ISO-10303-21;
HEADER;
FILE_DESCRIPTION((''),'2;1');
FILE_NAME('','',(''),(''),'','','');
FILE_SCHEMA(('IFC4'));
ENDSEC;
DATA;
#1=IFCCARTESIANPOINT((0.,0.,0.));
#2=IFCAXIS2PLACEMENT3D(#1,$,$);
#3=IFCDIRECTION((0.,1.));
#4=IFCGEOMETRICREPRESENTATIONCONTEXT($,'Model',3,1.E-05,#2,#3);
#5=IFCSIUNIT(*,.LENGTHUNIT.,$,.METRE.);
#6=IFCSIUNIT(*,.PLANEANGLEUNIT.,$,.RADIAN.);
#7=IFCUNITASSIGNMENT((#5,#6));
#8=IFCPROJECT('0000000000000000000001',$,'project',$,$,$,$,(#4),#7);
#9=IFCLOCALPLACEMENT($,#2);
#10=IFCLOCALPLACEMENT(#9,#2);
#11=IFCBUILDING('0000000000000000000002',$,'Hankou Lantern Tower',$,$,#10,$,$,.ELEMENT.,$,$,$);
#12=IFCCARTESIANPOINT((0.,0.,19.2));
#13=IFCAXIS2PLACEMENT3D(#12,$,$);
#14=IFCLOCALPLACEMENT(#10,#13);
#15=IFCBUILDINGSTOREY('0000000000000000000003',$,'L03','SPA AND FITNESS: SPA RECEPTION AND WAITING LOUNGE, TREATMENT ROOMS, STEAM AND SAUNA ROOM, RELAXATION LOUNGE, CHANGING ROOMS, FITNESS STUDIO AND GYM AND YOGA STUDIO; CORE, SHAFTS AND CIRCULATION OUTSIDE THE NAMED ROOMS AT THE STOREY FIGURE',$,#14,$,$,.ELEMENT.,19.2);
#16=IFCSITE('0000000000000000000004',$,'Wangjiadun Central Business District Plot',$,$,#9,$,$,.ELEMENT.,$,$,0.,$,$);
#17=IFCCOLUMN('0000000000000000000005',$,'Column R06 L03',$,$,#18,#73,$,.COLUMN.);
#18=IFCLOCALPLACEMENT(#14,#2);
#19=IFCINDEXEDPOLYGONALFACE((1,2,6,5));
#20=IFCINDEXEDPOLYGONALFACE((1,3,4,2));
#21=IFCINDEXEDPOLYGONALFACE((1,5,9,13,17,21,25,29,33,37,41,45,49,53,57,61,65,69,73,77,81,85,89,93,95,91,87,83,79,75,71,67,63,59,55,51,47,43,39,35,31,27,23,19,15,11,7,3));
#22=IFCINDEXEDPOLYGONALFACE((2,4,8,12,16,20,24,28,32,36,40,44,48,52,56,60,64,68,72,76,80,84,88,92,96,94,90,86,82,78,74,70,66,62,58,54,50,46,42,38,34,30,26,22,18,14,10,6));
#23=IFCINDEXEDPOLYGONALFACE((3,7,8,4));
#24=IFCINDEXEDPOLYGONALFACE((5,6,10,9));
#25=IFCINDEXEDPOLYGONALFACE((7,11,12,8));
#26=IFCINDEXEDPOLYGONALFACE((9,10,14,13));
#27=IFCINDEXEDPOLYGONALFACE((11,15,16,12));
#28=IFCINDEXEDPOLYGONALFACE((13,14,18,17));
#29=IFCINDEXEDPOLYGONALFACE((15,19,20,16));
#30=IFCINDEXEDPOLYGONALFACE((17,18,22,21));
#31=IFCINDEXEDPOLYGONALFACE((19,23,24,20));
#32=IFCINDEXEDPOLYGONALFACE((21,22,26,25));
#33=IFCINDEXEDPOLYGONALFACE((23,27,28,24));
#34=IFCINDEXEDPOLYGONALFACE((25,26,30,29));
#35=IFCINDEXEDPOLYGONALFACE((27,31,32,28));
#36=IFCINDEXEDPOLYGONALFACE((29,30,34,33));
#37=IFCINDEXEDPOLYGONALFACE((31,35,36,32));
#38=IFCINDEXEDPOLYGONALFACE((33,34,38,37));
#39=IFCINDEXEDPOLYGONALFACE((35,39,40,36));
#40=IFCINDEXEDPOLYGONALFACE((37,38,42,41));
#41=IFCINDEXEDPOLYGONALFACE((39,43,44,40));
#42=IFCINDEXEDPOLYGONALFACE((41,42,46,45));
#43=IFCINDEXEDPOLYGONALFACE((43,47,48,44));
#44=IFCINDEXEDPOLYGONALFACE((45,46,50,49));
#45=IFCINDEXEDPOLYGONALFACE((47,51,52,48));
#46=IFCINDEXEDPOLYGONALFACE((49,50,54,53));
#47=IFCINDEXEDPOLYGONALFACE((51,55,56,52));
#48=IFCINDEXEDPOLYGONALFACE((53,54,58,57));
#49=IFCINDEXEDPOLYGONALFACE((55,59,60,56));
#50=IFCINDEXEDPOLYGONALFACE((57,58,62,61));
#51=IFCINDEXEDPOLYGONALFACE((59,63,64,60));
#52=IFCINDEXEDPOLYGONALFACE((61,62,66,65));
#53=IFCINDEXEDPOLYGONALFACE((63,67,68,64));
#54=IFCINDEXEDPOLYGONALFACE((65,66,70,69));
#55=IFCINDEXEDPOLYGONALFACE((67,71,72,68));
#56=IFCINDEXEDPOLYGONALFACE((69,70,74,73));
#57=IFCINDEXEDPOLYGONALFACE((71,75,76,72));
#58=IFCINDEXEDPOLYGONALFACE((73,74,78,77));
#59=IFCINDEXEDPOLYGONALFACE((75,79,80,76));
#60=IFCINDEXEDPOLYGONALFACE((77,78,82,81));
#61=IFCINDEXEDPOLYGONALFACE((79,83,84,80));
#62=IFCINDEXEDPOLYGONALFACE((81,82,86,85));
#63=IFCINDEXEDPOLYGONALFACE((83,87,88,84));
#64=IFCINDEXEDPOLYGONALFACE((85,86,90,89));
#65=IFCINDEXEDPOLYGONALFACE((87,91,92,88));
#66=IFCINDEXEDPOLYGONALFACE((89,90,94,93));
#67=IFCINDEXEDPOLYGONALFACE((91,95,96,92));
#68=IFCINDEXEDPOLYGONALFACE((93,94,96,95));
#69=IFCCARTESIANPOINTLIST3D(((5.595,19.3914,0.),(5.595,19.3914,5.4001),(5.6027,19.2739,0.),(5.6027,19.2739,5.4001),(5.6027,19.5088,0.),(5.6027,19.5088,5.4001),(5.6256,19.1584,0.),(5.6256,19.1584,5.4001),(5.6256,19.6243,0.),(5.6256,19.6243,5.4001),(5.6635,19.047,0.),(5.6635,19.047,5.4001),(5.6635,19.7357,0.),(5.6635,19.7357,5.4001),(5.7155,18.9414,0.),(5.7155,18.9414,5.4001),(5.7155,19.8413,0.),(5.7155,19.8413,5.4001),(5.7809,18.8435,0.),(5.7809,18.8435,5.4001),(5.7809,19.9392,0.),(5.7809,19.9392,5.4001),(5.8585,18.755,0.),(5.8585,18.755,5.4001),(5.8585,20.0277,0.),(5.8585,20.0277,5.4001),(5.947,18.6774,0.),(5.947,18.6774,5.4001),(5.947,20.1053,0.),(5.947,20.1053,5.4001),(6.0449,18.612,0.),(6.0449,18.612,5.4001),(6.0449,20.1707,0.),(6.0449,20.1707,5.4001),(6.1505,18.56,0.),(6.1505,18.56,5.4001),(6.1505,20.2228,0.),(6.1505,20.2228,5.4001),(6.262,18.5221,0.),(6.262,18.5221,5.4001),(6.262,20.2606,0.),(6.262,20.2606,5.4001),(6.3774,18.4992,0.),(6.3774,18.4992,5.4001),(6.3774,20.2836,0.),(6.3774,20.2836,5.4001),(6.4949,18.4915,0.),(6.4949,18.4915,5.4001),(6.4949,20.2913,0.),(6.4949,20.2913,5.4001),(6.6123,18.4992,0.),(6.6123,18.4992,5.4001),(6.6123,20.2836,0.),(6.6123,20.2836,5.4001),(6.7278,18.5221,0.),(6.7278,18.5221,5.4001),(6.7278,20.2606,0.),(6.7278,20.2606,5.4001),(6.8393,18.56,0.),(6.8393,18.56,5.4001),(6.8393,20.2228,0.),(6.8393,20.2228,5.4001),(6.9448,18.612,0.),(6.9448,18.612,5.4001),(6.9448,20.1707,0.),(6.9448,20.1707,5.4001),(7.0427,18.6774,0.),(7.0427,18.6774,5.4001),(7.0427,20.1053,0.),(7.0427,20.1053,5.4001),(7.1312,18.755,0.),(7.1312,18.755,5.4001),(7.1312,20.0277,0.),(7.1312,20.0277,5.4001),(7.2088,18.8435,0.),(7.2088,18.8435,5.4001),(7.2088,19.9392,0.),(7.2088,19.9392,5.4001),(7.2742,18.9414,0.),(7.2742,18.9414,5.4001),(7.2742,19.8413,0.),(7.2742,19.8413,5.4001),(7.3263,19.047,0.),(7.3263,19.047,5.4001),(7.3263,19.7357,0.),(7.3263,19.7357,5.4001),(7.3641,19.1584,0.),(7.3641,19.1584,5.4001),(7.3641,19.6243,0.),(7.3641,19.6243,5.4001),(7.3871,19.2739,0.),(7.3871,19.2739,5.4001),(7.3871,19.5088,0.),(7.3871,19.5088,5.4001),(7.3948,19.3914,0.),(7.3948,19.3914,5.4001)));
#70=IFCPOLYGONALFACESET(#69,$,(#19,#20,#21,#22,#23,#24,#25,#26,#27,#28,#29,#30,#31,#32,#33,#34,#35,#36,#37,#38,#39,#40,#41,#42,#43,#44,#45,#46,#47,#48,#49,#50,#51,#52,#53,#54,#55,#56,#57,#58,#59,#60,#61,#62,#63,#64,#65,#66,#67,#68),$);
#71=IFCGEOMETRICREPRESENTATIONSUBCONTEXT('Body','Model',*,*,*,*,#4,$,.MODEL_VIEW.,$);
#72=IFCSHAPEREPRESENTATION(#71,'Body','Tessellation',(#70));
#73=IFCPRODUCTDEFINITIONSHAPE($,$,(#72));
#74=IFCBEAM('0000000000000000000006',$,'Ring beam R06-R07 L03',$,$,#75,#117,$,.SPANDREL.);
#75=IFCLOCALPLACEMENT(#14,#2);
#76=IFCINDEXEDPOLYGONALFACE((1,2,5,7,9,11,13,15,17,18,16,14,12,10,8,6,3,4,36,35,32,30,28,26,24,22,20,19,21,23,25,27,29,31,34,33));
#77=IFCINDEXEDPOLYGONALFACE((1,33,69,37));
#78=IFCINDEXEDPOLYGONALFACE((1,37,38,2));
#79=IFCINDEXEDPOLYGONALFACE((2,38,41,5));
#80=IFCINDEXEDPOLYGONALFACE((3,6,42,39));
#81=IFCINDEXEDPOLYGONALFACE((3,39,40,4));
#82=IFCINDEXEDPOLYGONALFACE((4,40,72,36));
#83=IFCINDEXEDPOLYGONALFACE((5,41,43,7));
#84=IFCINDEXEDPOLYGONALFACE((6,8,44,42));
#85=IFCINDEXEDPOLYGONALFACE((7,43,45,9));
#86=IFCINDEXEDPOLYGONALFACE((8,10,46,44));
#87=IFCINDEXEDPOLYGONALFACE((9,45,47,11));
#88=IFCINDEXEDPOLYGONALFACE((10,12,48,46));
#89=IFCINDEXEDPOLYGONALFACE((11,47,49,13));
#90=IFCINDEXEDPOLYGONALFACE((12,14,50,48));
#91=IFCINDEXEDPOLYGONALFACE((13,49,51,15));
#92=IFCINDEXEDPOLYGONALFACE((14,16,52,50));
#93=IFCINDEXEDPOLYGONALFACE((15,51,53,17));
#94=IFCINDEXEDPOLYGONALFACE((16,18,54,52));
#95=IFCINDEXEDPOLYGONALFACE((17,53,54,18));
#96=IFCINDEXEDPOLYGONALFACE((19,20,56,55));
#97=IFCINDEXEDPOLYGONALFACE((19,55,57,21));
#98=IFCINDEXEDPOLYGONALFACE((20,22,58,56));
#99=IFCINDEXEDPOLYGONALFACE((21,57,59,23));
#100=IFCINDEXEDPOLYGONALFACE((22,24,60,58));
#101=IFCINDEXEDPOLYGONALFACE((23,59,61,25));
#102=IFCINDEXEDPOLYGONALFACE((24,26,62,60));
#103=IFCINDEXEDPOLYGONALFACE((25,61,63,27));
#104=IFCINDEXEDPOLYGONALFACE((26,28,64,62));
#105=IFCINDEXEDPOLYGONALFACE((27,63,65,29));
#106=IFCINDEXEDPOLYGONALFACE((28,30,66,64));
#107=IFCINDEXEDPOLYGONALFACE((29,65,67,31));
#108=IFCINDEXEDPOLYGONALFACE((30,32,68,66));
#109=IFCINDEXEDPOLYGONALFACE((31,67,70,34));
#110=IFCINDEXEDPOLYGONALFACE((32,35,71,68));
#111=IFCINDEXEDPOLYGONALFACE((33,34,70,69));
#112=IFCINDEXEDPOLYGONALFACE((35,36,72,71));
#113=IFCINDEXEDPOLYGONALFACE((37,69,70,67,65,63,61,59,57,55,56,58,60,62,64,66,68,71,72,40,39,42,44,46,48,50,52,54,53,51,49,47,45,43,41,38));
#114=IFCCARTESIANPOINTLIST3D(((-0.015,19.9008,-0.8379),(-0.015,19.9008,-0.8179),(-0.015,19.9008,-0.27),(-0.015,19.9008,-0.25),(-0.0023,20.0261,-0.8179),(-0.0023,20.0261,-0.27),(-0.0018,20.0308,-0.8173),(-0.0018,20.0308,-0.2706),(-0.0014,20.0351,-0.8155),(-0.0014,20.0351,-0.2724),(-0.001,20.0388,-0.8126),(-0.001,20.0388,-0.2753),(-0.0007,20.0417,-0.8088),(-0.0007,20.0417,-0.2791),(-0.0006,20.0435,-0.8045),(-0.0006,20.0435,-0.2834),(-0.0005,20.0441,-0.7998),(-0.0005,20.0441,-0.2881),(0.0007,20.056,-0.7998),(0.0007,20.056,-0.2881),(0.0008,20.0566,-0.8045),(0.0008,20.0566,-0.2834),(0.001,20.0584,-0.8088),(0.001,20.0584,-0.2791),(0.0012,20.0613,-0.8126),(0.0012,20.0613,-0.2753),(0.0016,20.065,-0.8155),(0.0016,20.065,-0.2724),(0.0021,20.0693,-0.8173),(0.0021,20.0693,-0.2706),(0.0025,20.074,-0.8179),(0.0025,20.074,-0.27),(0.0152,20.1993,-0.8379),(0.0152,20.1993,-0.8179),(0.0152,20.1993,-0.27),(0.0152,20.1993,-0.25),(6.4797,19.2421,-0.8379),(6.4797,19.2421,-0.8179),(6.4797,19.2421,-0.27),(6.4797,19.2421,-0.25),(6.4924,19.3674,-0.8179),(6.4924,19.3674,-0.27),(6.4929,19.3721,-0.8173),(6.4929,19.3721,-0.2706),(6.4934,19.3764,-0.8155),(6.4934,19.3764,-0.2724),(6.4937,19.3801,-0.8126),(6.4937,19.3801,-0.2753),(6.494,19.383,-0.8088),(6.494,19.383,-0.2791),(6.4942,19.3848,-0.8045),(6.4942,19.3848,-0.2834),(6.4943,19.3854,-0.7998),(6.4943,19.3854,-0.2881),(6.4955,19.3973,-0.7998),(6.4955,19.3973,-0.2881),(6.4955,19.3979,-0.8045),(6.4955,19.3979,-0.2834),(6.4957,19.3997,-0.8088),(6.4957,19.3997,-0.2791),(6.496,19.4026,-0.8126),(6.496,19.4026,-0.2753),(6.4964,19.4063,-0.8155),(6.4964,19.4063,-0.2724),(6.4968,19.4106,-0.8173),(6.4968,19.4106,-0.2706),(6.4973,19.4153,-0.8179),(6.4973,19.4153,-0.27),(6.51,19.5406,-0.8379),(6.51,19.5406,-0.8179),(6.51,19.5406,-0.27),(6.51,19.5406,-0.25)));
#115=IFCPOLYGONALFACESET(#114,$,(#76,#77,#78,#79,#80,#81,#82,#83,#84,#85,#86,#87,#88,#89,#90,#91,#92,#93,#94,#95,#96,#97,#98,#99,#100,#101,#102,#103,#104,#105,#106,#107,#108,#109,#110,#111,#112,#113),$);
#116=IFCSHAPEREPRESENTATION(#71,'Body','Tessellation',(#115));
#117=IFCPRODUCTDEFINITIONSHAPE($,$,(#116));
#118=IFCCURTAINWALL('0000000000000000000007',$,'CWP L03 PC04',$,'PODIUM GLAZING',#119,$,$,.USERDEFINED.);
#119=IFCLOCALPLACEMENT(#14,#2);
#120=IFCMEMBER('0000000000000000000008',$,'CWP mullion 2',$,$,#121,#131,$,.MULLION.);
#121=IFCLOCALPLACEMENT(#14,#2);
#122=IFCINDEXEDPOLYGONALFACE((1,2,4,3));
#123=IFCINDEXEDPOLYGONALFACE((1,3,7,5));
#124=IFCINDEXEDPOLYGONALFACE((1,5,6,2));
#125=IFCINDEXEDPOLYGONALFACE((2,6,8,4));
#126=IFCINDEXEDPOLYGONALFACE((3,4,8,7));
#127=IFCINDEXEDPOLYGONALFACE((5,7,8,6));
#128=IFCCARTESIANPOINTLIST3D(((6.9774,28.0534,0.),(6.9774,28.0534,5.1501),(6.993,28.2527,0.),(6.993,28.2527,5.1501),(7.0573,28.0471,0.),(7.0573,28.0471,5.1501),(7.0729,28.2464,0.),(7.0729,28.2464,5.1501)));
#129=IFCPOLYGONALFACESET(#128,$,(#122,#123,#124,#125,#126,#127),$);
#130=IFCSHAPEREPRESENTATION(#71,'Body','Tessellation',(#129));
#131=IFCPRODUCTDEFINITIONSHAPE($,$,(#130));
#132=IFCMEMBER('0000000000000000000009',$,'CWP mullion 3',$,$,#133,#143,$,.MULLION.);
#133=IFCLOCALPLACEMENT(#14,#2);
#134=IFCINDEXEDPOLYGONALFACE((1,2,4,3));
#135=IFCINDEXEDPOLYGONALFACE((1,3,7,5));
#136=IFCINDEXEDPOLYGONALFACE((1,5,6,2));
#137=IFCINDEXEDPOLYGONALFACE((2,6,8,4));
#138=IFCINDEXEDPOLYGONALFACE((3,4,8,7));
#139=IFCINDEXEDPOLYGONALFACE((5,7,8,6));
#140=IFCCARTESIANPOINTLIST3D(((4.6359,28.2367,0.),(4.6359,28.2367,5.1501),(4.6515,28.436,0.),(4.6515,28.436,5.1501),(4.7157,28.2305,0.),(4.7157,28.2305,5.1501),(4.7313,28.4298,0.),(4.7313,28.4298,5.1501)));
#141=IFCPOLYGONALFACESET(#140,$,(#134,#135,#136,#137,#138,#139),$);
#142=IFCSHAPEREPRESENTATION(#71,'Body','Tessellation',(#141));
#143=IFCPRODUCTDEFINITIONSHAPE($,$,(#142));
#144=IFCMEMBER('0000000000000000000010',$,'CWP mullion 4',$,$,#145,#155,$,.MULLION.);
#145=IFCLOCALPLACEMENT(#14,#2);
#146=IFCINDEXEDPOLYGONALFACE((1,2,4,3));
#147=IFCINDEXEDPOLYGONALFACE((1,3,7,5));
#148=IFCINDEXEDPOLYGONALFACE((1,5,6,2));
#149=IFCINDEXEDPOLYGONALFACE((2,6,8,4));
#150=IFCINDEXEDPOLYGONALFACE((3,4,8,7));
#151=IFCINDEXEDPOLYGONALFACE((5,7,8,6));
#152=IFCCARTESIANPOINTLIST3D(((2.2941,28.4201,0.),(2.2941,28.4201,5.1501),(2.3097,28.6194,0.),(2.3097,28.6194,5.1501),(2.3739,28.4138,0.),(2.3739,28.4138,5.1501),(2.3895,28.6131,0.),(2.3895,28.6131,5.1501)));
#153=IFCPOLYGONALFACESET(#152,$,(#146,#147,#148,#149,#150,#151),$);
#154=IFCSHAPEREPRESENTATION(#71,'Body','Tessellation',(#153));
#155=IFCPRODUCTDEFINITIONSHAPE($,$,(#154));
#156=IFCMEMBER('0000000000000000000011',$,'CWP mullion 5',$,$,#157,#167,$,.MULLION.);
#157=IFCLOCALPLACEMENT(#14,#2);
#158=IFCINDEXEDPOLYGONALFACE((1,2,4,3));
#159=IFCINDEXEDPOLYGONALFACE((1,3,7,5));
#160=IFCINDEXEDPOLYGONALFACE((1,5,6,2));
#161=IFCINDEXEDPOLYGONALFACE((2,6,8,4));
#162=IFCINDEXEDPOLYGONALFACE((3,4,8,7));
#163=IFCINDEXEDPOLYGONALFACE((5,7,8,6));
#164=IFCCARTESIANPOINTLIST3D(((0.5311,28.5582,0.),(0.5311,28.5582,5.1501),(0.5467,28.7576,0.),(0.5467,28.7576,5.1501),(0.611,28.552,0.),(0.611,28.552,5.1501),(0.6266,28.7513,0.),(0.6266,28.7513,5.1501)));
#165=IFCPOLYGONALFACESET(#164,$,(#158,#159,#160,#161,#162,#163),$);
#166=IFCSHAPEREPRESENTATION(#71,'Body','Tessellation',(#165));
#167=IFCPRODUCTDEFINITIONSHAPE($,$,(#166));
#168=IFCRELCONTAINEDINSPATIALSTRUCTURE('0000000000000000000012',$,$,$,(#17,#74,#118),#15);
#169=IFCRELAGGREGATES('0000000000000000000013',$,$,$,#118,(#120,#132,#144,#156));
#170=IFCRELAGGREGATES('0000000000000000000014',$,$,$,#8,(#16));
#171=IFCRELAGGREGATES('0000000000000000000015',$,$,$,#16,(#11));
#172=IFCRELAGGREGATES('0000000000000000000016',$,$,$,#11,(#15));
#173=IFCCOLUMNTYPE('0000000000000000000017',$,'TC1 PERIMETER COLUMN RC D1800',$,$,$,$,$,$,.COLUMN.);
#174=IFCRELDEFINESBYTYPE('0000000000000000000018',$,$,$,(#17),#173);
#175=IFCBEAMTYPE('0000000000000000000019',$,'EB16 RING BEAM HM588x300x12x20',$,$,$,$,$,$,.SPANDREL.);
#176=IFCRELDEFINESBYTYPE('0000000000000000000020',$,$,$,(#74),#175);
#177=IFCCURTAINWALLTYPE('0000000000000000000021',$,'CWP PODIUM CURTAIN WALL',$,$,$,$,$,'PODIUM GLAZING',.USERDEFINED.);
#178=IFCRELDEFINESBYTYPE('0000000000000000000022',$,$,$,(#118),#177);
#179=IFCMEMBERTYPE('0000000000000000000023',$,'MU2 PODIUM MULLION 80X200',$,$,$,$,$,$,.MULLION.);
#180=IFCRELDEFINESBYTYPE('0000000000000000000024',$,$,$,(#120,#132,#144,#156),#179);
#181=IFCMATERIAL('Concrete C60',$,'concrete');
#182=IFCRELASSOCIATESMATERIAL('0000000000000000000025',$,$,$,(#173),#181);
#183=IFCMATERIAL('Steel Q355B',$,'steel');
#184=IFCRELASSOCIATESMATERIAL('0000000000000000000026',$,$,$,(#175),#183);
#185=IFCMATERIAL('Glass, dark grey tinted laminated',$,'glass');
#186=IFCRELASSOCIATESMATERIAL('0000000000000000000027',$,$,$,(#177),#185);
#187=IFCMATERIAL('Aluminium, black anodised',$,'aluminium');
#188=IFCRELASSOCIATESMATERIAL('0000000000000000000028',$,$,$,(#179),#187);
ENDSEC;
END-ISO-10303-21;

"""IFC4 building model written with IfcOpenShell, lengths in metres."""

from ifc_helpers import new_model, si_unit, direction, frame, origin, origin_2d, place, context, subcontext, project, spatial, rectangle, circle, i_section, extrude, material, material_profile, profile_set, type_object, element, aggregate, save


model = new_model("IFC4")

# Units and contexts
model_context = context("Model", 3, precision=1e-05, world=origin(), true_north=direction((0.0, 1.0)))
body_context = subcontext(model_context, "Body", "Model", "MODEL_VIEW")
ifc_project = project(units=[si_unit("LENGTHUNIT", "METRE"), si_unit("PLANEANGLEUNIT", "RADIAN")], contexts=[model_context])

# Site, building, storey
site_placement = place(None, origin())
site = spatial("IfcSite", under=ifc_project, at=site_placement, Name="Wangjiadun Central Business District Plot", CompositionType="ELEMENT", RefElevation=0.0)
building_placement = place(site_placement, origin())
building = spatial("IfcBuilding", under=site, at=building_placement, Name="Hankou Lantern Tower", CompositionType="ELEMENT")
storey_placement = place(building_placement, frame((0.0, 0.0, 19.2)))
storey = spatial("IfcBuildingStorey", under=building, at=storey_placement, Name="L03", Description="SPA AND FITNESS: SPA RECEPTION AND WAITING LOUNGE, TREATMENT ROOMS, STEAM AND SAUNA ROOM, RELAXATION LOUNGE, CHANGING ROOMS, FITNESS STUDIO AND GYM AND YOGA STUDIO; CORE, SHAFTS AND CIRCULATION OUTSIDE THE NAMED ROOMS AT THE STOREY FIGURE", CompositionType="ELEMENT", Elevation=19.2)

# Column
ifc_material_1 = material(Name="Concrete C60", Category="concrete")
ifc_material_profile_1 = material_profile(ifc_material_1, circle(Radius=0.8999, at=origin_2d()), Name="RC D1800")
ifc_profile_set_1 = profile_set([ifc_material_profile_1], Name="Concrete C60")
column_type = type_object("IfcColumnType", Name="TC1 PERIMETER COLUMN RC D1800", PredefinedType="COLUMN", material=ifc_profile_set_1)
column_placement = place(storey_placement, frame((6.4949, 19.3914, 0.0), z_axis=(0.0, 0.0, 1.0), x_axis=(1.0, 0.0, 0.0)))
element("IfcColumn", 1, at=column_placement, inside=storey, type_object=column_type, Name="Column R06 L03", PredefinedType="COLUMN", context=body_context, shape_type="SweptSolid", body=[
    extrude(circle(Radius=0.8999, at=origin_2d()), origin(), (0.0, 0.0, 1.0), 5.4001),
])

# Beam
ifc_material_2 = material(Name="Steel Q355B", Category="steel")
ifc_material_profile_2 = material_profile(ifc_material_2, i_section(OverallWidth=0.3, OverallDepth=0.5879, WebThickness=0.012, FlangeThickness=0.02, FilletRadius=0.0181, at=origin_2d()), Name="HM588x300x12x20")
ifc_profile_set_2 = profile_set([ifc_material_profile_2], Name="Steel Q355B")
beam_type_1 = type_object("IfcBeamType", Name="EB16 RING BEAM HM588x300x12x20", PredefinedType="SPANDREL", material=ifc_profile_set_2)
beam_1_placement = place(storey_placement, frame((6.4949, 19.3914, -0.5439), z_axis=(-0.994897, 0.1009, 0.0), x_axis=(-0.1009, -0.994897, 0.0)))
element("IfcBeam", 2, at=beam_1_placement, inside=storey, type_object=beam_type_1, Name="Ring beam R06-R07 L03", PredefinedType="SPANDREL", context=body_context, shape_type="SweptSolid", body=[
    extrude(i_section(OverallWidth=0.3, OverallDepth=0.5879, WebThickness=0.012, FlangeThickness=0.02, FilletRadius=0.0181, at=origin_2d()), origin(), (0.0, 0.0, 1.0), 6.5281),
])

# Curtain wall, members
ifc_material_3 = material(Name="Glass, dark grey tinted laminated", Category="glass")
curtain_wall_type = type_object("IfcCurtainWallType", Name="CWP PODIUM CURTAIN WALL", ElementType="PODIUM GLAZING", PredefinedType="USERDEFINED", material=ifc_material_3)
curtain_wall_placement = place(storey_placement, origin())
curtain_wall = element("IfcCurtainWall", 3, at=curtain_wall_placement, inside=storey, type_object=curtain_wall_type, Name="CWP L03 PC04", ObjectType="PODIUM GLAZING", PredefinedType="USERDEFINED")
ifc_material_4 = material(Name="Aluminium, black anodised", Category="aluminium")
ifc_material_profile_3 = material_profile(ifc_material_4, rectangle(XDim=0.0801, YDim=0.2, at=origin_2d()), Name="MU2 80X200")
ifc_profile_set_3 = profile_set([ifc_material_profile_3], Name="Aluminium, black anodised")
member_type_1 = type_object("IfcMemberType", Name="MU2 PODIUM MULLION 80X200", PredefinedType="MULLION", material=ifc_profile_set_3)
member_1_placement = place(storey_placement, frame((7.0251, 28.1499, 0.0), z_axis=(0.0, 0.0, 1.0), x_axis=(-0.996949, 0.078062, 0.0)))
member_1 = element("IfcMember", 4, at=member_1_placement, type_object=member_type_1, Name="CWP mullion 2", PredefinedType="MULLION", context=body_context, shape_type="SweptSolid", body=[
    extrude(rectangle(XDim=0.0801, YDim=0.2, at=origin_2d()), origin(), (0.0, 0.0, 1.0), 5.1501),
])
member_2_placement = place(storey_placement, frame((4.6836, 28.3333, 0.0), z_axis=(0.0, 0.0, 1.0), x_axis=(-0.996949, 0.078062, 0.0)))
member_2 = element("IfcMember", 5, at=member_2_placement, type_object=member_type_1, Name="CWP mullion 3", PredefinedType="MULLION", context=body_context, shape_type="SweptSolid", body=[
    extrude(rectangle(XDim=0.0801, YDim=0.2, at=origin_2d()), origin(), (0.0, 0.0, 1.0), 5.1501),
])
member_3_placement = place(storey_placement, frame((2.3418, 28.5166, 0.0), z_axis=(0.0, 0.0, 1.0), x_axis=(-0.996949, 0.078062, 0.0)))
member_3 = element("IfcMember", 6, at=member_3_placement, type_object=member_type_1, Name="CWP mullion 4", PredefinedType="MULLION", context=body_context, shape_type="SweptSolid", body=[
    extrude(rectangle(XDim=0.0801, YDim=0.2, at=origin_2d()), origin(), (0.0, 0.0, 1.0), 5.1501),
])
member_4_placement = place(storey_placement, frame((0.5789, 28.6548, 0.0), z_axis=(0.0, 0.0, 1.0), x_axis=(-0.996949, 0.078062, 0.0)))
member_4 = element("IfcMember", 7, at=member_4_placement, type_object=member_type_1, Name="CWP mullion 5", PredefinedType="MULLION", context=body_context, shape_type="SweptSolid", body=[
    extrude(rectangle(XDim=0.0801, YDim=0.2, at=origin_2d()), origin(), (0.0, 0.0, 1.0), 5.1501),
])

aggregate(curtain_wall, [member_1, member_2, member_3, member_4])

save(model, "model.ifc")
